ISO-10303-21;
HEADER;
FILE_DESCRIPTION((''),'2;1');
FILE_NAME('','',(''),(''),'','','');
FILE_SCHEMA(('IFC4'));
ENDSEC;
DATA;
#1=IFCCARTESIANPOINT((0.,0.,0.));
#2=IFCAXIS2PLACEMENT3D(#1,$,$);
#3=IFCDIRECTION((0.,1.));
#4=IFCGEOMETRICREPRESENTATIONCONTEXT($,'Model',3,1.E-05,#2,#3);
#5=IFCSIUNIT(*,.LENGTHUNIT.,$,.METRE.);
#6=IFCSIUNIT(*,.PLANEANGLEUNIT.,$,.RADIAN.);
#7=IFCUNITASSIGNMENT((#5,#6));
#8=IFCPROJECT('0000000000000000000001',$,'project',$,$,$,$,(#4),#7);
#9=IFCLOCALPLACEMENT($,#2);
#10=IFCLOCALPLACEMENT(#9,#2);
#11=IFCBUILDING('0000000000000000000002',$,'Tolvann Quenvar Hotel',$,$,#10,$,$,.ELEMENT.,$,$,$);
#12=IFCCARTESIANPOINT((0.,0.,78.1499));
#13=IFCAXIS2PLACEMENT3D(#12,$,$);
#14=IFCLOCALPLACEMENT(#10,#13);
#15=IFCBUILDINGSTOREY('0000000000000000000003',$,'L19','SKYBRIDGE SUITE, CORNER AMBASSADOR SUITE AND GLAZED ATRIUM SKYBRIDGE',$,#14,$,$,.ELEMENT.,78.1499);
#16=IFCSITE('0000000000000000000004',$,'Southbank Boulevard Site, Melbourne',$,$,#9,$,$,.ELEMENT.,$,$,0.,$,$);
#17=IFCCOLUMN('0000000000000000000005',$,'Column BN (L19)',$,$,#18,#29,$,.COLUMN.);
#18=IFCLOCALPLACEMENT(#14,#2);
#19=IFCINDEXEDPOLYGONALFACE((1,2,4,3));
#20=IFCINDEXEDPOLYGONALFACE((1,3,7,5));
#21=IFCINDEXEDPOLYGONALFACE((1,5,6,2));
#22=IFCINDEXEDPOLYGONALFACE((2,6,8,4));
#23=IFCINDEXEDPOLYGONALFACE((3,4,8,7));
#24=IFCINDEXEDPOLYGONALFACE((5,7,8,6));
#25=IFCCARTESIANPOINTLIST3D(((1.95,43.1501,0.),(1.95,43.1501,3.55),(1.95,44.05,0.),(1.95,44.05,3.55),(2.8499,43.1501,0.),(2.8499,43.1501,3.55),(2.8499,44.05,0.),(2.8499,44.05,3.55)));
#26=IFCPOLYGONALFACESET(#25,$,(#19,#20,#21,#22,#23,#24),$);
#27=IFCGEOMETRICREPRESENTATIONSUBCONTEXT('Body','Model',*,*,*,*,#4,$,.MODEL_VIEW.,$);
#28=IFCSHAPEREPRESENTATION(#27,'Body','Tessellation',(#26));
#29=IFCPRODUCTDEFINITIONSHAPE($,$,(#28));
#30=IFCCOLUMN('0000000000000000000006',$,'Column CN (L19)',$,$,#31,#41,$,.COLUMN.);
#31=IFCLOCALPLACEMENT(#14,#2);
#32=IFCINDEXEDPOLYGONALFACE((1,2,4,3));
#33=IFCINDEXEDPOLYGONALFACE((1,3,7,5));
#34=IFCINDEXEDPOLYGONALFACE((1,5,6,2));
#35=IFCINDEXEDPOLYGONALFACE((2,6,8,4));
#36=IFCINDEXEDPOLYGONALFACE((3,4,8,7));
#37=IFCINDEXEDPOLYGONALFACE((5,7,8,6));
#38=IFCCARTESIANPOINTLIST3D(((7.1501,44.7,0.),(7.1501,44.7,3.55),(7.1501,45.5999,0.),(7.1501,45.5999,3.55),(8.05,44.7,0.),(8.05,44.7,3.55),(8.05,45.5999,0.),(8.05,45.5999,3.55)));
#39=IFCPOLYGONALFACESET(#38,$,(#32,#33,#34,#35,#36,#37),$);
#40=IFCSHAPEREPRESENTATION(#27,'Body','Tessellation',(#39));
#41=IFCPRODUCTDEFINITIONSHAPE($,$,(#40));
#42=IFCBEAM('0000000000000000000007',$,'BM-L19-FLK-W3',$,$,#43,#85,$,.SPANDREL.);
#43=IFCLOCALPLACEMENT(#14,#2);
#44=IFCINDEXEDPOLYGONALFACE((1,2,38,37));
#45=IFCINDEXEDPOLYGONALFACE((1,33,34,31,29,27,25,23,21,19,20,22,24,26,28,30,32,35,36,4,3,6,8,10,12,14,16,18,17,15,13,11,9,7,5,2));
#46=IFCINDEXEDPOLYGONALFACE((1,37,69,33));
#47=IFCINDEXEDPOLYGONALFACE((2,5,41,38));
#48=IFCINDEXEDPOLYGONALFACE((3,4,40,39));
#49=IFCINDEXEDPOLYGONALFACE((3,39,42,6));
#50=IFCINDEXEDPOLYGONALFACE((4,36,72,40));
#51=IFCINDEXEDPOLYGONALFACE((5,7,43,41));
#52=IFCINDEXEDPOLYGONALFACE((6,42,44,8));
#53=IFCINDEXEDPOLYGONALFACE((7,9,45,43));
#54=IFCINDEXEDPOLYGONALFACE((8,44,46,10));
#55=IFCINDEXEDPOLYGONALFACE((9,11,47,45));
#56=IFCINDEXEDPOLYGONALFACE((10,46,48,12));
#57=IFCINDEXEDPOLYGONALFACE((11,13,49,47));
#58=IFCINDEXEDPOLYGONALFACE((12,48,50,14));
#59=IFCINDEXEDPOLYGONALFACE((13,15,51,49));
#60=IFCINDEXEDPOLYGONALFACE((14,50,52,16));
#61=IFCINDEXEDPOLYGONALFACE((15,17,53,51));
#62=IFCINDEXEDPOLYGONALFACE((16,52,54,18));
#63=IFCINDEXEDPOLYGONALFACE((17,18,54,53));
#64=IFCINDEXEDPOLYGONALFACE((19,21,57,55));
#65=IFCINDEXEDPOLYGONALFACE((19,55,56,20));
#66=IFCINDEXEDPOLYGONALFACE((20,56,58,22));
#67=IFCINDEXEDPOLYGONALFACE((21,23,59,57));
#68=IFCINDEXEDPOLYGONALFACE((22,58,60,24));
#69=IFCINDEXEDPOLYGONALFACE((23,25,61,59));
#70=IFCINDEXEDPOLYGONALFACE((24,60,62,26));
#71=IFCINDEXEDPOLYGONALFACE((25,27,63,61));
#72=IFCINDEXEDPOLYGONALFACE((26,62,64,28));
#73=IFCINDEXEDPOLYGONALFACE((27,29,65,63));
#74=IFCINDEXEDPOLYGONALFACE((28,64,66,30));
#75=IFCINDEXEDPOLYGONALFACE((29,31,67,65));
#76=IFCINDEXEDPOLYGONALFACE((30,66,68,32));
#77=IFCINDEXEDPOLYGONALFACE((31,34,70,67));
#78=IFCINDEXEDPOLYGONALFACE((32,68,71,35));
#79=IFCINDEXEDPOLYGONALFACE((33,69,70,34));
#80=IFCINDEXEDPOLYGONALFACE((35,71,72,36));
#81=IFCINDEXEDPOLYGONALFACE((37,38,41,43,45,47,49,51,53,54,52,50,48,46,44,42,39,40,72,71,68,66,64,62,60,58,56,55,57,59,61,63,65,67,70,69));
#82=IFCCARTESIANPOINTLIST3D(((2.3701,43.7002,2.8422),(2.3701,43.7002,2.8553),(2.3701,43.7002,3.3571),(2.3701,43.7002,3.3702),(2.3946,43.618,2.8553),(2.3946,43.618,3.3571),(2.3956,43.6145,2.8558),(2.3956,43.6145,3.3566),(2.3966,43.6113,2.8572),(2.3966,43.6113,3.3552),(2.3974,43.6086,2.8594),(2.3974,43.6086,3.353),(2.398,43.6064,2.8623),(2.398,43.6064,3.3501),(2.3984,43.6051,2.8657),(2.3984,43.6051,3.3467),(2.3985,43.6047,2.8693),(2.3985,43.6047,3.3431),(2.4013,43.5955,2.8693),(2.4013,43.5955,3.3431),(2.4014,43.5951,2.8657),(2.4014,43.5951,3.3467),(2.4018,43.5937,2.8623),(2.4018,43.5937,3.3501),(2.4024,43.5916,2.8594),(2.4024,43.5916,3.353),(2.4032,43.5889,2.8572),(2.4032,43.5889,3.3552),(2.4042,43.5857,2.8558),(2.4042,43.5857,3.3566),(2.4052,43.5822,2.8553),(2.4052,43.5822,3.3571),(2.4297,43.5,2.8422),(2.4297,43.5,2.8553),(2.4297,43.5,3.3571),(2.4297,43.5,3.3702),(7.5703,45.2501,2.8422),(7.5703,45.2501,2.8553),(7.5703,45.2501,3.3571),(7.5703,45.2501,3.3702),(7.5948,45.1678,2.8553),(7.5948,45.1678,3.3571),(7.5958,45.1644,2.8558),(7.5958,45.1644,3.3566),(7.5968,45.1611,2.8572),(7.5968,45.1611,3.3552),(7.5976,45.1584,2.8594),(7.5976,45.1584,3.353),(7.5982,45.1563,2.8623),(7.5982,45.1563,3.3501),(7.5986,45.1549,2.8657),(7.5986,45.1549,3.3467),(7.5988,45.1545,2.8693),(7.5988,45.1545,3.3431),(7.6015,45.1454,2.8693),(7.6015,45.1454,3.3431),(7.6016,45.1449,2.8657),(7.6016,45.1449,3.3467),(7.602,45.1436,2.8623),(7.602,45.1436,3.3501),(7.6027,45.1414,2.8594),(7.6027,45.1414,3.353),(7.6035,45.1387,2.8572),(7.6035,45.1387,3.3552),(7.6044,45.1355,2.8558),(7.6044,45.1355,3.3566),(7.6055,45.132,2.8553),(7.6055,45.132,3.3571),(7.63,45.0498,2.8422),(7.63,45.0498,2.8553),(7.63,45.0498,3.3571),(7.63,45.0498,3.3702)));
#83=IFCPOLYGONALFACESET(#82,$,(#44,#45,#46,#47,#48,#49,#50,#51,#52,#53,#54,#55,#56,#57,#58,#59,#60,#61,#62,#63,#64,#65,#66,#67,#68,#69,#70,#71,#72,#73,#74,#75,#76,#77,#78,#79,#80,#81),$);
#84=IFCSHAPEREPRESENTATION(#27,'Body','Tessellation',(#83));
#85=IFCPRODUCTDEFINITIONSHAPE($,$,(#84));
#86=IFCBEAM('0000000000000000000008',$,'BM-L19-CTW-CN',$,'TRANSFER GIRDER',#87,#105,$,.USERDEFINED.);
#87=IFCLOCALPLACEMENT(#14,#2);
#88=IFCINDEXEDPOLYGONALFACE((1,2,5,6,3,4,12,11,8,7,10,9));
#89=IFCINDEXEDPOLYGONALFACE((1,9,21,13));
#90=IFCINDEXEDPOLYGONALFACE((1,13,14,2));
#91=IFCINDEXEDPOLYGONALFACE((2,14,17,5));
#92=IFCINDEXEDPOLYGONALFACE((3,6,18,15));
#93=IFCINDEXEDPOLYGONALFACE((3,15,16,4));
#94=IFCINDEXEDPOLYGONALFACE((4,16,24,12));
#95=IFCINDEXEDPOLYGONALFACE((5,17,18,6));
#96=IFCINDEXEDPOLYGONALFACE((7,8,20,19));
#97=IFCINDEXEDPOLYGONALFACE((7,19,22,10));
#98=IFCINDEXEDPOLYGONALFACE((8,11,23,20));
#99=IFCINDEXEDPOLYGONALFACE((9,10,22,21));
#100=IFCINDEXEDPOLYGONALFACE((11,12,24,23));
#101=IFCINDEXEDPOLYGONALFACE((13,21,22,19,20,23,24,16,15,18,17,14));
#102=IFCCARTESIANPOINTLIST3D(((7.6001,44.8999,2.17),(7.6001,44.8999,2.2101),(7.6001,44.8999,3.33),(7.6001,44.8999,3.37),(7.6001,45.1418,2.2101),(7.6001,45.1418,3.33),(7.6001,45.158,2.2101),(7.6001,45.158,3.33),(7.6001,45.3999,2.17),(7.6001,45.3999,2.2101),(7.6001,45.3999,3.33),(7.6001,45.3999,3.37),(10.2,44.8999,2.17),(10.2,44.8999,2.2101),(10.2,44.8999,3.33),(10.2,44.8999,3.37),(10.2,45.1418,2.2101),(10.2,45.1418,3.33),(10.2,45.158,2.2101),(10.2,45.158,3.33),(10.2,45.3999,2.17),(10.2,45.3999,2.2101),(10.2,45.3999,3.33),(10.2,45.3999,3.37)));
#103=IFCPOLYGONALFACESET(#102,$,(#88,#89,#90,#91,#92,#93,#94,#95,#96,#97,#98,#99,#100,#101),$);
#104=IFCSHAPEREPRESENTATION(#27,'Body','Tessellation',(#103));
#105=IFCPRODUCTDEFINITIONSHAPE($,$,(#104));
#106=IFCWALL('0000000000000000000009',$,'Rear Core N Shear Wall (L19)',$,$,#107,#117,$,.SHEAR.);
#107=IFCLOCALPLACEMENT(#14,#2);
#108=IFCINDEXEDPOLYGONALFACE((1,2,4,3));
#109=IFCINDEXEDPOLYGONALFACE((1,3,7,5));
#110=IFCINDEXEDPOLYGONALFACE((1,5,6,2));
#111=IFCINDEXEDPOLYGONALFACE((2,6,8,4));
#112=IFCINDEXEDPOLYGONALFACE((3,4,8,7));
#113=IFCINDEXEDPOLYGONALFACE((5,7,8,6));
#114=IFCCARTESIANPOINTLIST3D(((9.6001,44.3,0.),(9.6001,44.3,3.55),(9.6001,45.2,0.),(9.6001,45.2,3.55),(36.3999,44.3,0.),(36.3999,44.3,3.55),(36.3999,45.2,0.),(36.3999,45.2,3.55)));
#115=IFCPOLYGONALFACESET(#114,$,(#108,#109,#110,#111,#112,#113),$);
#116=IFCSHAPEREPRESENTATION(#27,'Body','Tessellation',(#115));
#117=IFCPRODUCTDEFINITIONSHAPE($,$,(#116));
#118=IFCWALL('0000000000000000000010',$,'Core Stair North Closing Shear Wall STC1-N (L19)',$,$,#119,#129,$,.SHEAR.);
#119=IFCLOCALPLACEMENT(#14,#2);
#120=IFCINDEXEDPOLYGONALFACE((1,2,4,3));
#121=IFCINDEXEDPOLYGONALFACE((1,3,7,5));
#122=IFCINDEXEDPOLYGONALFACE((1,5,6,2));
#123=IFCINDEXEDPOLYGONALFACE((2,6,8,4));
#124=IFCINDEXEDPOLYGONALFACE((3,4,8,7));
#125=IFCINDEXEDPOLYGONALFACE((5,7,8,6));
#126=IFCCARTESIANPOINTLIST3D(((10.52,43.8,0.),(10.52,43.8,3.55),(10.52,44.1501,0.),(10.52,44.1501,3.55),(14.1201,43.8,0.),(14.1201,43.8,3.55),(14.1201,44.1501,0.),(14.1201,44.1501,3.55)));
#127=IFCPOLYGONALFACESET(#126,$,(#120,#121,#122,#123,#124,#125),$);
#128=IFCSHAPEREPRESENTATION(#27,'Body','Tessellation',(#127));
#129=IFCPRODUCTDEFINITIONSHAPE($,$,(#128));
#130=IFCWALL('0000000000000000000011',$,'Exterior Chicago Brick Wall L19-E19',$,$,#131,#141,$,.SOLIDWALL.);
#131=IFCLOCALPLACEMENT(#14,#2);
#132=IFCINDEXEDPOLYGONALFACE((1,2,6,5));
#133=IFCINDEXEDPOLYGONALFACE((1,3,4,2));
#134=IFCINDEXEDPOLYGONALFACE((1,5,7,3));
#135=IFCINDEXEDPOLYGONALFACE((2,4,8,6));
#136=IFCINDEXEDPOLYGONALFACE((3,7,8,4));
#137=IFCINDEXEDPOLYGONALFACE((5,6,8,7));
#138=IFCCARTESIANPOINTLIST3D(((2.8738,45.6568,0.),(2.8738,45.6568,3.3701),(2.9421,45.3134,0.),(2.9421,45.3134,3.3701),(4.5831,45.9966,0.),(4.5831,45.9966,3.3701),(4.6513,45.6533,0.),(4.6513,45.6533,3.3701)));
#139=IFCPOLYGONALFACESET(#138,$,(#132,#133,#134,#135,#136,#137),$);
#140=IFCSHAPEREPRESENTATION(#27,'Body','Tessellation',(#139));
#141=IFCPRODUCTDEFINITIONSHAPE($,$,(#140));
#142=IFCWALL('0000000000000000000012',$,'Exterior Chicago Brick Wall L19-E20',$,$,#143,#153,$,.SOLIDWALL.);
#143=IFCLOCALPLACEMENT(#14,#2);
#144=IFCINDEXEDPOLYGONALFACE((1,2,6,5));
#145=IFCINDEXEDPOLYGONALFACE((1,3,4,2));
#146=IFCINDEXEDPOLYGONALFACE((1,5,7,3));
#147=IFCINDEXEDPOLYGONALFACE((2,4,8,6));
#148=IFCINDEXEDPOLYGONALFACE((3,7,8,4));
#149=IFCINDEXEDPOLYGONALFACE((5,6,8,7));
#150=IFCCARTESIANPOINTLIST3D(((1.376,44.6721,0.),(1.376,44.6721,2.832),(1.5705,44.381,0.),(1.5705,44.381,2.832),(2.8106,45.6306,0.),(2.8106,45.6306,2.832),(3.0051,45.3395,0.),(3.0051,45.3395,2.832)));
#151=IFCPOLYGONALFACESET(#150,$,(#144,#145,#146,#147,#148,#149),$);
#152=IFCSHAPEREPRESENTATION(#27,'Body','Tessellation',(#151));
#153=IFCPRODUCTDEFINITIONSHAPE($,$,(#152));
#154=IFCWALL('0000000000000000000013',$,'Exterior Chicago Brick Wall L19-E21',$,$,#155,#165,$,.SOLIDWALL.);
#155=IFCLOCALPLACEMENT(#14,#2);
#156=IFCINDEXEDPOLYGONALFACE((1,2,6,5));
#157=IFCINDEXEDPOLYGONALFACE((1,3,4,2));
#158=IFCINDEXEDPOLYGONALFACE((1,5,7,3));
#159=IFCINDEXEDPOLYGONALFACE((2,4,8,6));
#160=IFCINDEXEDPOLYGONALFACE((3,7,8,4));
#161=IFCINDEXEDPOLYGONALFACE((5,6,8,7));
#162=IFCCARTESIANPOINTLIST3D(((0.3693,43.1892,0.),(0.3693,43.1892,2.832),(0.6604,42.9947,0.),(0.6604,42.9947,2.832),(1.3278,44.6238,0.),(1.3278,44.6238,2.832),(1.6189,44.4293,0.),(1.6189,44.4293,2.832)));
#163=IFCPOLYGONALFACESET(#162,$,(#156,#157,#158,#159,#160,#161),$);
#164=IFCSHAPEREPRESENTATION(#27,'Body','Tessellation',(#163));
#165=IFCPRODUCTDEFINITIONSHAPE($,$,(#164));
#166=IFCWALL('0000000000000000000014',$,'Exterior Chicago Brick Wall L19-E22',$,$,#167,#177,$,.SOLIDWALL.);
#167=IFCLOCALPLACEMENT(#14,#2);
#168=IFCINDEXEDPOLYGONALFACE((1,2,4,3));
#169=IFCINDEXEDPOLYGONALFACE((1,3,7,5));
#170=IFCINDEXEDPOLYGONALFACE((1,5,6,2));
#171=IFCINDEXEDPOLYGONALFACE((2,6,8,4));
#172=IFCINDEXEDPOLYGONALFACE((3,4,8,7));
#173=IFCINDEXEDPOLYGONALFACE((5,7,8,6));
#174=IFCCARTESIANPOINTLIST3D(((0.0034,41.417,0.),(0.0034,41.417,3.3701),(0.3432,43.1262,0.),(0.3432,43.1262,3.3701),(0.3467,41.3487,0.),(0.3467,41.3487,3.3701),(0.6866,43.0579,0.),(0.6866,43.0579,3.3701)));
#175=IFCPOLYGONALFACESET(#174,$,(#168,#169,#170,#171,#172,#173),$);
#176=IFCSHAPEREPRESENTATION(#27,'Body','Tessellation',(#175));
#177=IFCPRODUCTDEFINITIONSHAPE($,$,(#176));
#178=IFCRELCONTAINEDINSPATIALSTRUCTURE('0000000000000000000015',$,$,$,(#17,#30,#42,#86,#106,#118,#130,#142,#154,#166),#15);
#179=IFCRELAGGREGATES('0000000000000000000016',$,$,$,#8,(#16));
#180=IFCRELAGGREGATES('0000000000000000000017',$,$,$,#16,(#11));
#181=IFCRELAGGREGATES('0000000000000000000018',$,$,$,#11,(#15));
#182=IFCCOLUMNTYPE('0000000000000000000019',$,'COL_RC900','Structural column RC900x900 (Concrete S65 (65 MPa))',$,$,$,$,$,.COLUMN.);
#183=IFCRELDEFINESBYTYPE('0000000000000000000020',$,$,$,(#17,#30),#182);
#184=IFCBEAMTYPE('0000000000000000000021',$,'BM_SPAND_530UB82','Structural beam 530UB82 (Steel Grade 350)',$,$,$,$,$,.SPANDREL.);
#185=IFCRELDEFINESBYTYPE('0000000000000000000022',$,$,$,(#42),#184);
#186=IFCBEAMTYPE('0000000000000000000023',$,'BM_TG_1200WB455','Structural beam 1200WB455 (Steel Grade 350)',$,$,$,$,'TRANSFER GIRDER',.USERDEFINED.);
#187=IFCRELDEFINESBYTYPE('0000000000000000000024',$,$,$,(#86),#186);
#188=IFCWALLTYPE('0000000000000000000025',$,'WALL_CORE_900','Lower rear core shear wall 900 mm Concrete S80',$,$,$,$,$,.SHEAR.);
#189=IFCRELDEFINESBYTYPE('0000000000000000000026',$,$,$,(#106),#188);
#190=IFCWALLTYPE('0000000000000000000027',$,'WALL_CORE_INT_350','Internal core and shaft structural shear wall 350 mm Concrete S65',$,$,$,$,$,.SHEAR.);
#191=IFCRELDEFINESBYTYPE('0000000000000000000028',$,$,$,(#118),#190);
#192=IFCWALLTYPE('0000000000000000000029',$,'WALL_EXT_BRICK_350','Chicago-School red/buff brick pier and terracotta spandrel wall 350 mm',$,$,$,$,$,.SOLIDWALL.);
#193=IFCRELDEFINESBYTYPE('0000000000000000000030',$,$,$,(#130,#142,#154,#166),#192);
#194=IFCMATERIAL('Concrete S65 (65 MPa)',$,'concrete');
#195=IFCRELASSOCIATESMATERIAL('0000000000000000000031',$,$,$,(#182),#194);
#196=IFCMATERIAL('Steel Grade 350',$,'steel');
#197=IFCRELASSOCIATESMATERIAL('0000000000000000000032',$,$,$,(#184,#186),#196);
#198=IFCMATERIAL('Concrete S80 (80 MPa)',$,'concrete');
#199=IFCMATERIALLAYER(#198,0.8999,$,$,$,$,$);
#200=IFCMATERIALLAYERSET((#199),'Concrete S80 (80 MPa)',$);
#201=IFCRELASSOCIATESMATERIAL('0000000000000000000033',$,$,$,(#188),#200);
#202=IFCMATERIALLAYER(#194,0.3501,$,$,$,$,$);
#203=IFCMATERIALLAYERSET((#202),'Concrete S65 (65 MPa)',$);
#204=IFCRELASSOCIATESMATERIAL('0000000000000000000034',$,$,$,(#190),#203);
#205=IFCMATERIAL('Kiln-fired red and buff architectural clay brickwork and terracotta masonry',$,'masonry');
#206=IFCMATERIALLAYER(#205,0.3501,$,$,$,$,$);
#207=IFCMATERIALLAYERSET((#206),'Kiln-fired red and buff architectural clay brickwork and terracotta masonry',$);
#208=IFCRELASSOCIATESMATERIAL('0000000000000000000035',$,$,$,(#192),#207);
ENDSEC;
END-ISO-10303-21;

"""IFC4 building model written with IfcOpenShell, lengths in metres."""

from ifc_helpers import new_model, si_unit, direction, frame, frame_2d, origin, origin_2d, place, context, subcontext, project, spatial, rectangle, i_section, extrude, source, transform, mapped, material, layer, layer_set, material_profile, profile_set, type_object, type_shapes, element, save


model = new_model("IFC4")

# Units and contexts
model_context = context("Model", 3, precision=1e-05, world=origin(), true_north=direction((0.0, 1.0)))
body_context = subcontext(model_context, "Body", "Model", "MODEL_VIEW")
ifc_project = project(units=[si_unit("LENGTHUNIT", "METRE"), si_unit("PLANEANGLEUNIT", "RADIAN")], contexts=[model_context])

# Site, building, storey
site_placement = place(None, origin())
site = spatial("IfcSite", under=ifc_project, at=site_placement, Name="Southbank Boulevard Site, Melbourne", CompositionType="ELEMENT", RefElevation=0.0)
building_placement = place(site_placement, origin())
building = spatial("IfcBuilding", under=site, at=building_placement, Name="Tolvann Quenvar Hotel", CompositionType="ELEMENT")
storey_placement = place(building_placement, frame((0.0, 0.0, 78.1499)))
storey = spatial("IfcBuildingStorey", under=building, at=storey_placement, Name="L19", Description="SKYBRIDGE SUITE, CORNER AMBASSADOR SUITE AND GLAZED ATRIUM SKYBRIDGE", CompositionType="ELEMENT", Elevation=78.1499)

# Columns
ifc_material_1 = material(Name="Concrete S65 (65 MPa)", Category="concrete")
ifc_material_profile_1 = material_profile(ifc_material_1, rectangle(XDim=0.8999, YDim=0.8999, at=origin_2d()), Name="RC900x900")
ifc_profile_set_1 = profile_set([ifc_material_profile_1], Name="Concrete S65 (65 MPa)")
column_type = type_object("IfcColumnType", Name="COL_RC900", Description="Structural column RC900x900 (Concrete S65 (65 MPa))", PredefinedType="COLUMN", material=ifc_profile_set_1)
shared_shape_1 = source(origin(), body_context, "Body", "SweptSolid", [
    extrude(rectangle(XDim=0.8999, YDim=0.8999, at=origin_2d()), origin(), (0.0, 0.0, 1.0), 3.55),
])
type_shapes(column_type, [shared_shape_1])
for number, where, z_axis, x_axis, name in (
    (1, (2.3999, 43.6001, 0.0), (0.0, 0.0, 1.0), (1.0, 0.0, 0.0), "Column BN (L19)"),
    (2, (7.6001, 45.1499, 0.0), (0.0, 0.0, 1.0), (1.0, 0.0, 0.0), "Column CN (L19)"),
):
    element("IfcColumn", number, at=place(storey_placement, frame(where, z_axis=z_axis, x_axis=x_axis)), inside=storey, type_object=column_type, Name=name, PredefinedType="COLUMN", context=body_context, shape_type="MappedRepresentation", body=[
        mapped(shared_shape_1, transform((0.0, 0.0, 0.0), x_axis=(1.0, 0.0, 0.0), y_axis=(0.0, 1.0, 0.0), z_axis=(0.0, 0.0, 1.0), scale=1.0)),
    ])

# Beams
ifc_material_2 = material(Name="Steel Grade 350", Category="steel")
ifc_material_profile_2 = material_profile(ifc_material_2, i_section(OverallWidth=0.209, OverallDepth=0.5281, WebThickness=0.0095, FlangeThickness=0.0132, FilletRadius=0.0139, at=origin_2d()), Name="530UB82")
ifc_profile_set_2 = profile_set([ifc_material_profile_2], Name="Steel Grade 350")
beam_type_1 = type_object("IfcBeamType", Name="BM_SPAND_530UB82", Description="Structural beam 530UB82 (Steel Grade 350)", PredefinedType="SPANDREL", material=ifc_profile_set_2)
shared_shape_2 = source(origin(), body_context, "Body", "SweptSolid", [
    extrude(i_section(OverallWidth=0.209, OverallDepth=0.5281, WebThickness=0.0095, FlangeThickness=0.0132, FilletRadius=0.0139, at=origin_2d()), origin(), (0.0, 0.0, 1.0), 5.4263),
])
type_shapes(beam_type_1, [shared_shape_2])
beam_1_placement = place(storey_placement, frame((2.3999, 43.6001, 3.1062), z_axis=(0.958345, 0.285614, 0.0), x_axis=(-0.285614, 0.958345, 0.0)))
element("IfcBeam", 3, at=beam_1_placement, inside=storey, type_object=beam_type_1, Name="BM-L19-FLK-W3", PredefinedType="SPANDREL", context=body_context, shape_type="MappedRepresentation", body=[
    mapped(shared_shape_2, transform((0.0, 0.0, 0.0), x_axis=(1.0, 0.0, 0.0), y_axis=(0.0, 1.0, 0.0), z_axis=(0.0, 0.0, 1.0), scale=1.0)),
])
ifc_material_profile_3 = material_profile(ifc_material_2, i_section(OverallWidth=0.5, OverallDepth=1.2, WebThickness=0.0161, FlangeThickness=0.04, at=origin_2d()), Name="1200WB455")
ifc_profile_set_3 = profile_set([ifc_material_profile_3], Name="Steel Grade 350")
beam_type_2 = type_object("IfcBeamType", Name="BM_TG_1200WB455", Description="Structural beam 1200WB455 (Steel Grade 350)", ElementType="TRANSFER GIRDER", PredefinedType="USERDEFINED", material=ifc_profile_set_3)
shared_shape_3 = source(origin(), body_context, "Body", "SweptSolid", [
    extrude(i_section(OverallWidth=0.5, OverallDepth=1.2, WebThickness=0.0161, FlangeThickness=0.04, at=origin_2d()), origin(), (0.0, 0.0, 1.0), 2.5999),
])
type_shapes(beam_type_2, [shared_shape_3])
beam_2_placement = place(storey_placement, frame((7.6001, 45.1499, 2.77), z_axis=(1.0, 0.0, 0.0), x_axis=(0.0, 1.0, 0.0)))
element("IfcBeam", 4, at=beam_2_placement, inside=storey, type_object=beam_type_2, Name="BM-L19-CTW-CN", ObjectType="TRANSFER GIRDER", PredefinedType="USERDEFINED", context=body_context, shape_type="MappedRepresentation", body=[
    mapped(shared_shape_3, transform((0.0, 0.0, 0.0), x_axis=(1.0, 0.0, 0.0), y_axis=(0.0, 1.0, 0.0), z_axis=(0.0, 0.0, 1.0), scale=1.0)),
])

# Walls
ifc_material_3 = material(Name="Concrete S80 (80 MPa)", Category="concrete")
ifc_layer_1 = layer(ifc_material_3, 0.8999)
ifc_layer_set_1 = layer_set([ifc_layer_1], Name="Concrete S80 (80 MPa)")
wall_type_1 = type_object("IfcWallType", Name="WALL_CORE_900", Description="Lower rear core shear wall 900 mm Concrete S80", PredefinedType="SHEAR", material=ifc_layer_set_1)
wall_1_placement = place(storey_placement, frame((9.6001, 44.75, 0.0), z_axis=(0.0, 0.0, 1.0), x_axis=(1.0, 0.0, 0.0)))
element("IfcWall", 5, at=wall_1_placement, inside=storey, type_object=wall_type_1, Name="Rear Core N Shear Wall (L19)", PredefinedType="SHEAR", context=body_context, shape_type="SweptSolid", body=[
    extrude(rectangle(XDim=26.7998, YDim=0.8999, at=frame_2d((13.3999, 0.0))), origin(), (0.0, 0.0, 1.0), 3.55),
])
ifc_layer_2 = layer(ifc_material_1, 0.3501)
ifc_layer_set_2 = layer_set([ifc_layer_2], Name="Concrete S65 (65 MPa)")
wall_type_2 = type_object("IfcWallType", Name="WALL_CORE_INT_350", Description="Internal core and shaft structural shear wall 350 mm Concrete S65", PredefinedType="SHEAR", material=ifc_layer_set_2)
wall_2_placement = place(storey_placement, frame((10.52, 43.9751, 0.0), z_axis=(0.0, 0.0, 1.0), x_axis=(1.0, 0.0, 0.0)))
element("IfcWall", 6, at=wall_2_placement, inside=storey, type_object=wall_type_2, Name="Core Stair North Closing Shear Wall STC1-N (L19)", PredefinedType="SHEAR", context=body_context, shape_type="SweptSolid", body=[
    extrude(rectangle(XDim=3.6001, YDim=0.3501, at=frame_2d((1.8, 0.0))), origin(), (0.0, 0.0, 1.0), 3.55),
])
ifc_material_4 = material(Name="Kiln-fired red and buff architectural clay brickwork and terracotta masonry", Category="masonry")
ifc_layer_3 = layer(ifc_material_4, 0.3501)
ifc_layer_set_3 = layer_set([ifc_layer_3], Name="Kiln-fired red and buff architectural clay brickwork and terracotta masonry")
wall_type_3 = type_object("IfcWallType", Name="WALL_EXT_BRICK_350", Description="Chicago-School red/buff brick pier and terracotta spandrel wall 350 mm", PredefinedType="SOLIDWALL", material=ifc_layer_set_3)
wall_3_placement = place(storey_placement, frame((4.6172, 45.825, 0.0), z_axis=(0.0, 0.0, 1.0), x_axis=(-0.980801, -0.195011, 0.0)))
element("IfcWall", 7, at=wall_3_placement, inside=storey, type_object=wall_type_3, Name="Exterior Chicago Brick Wall L19-E19", PredefinedType="SOLIDWALL", context=body_context, shape_type="SweptSolid", body=[
    extrude(rectangle(XDim=1.7427, YDim=0.3501, at=frame_2d((0.8713, 0.0))), origin(), (0.0, 0.0, 1.0), 3.3701),
])
for number, where, z_axis, x_axis, name in (
    (8, (2.908, 45.4851, 0.0), (0.0, 0.0, 1.0), (-0.831484, -0.555549, 0.0), "Exterior Chicago Brick Wall L19-E20"),
    (9, (1.4734, 44.5266, 0.0), (0.0, 0.0, 1.0), (-0.555549, -0.831484, 0.0), "Exterior Chicago Brick Wall L19-E21"),
):
    element("IfcWall", number, at=place(storey_placement, frame(where, z_axis=z_axis, x_axis=x_axis)), inside=storey, type_object=wall_type_3, Name=name, PredefinedType="SOLIDWALL", context=body_context, shape_type="SweptSolid", body=[
        extrude(rectangle(XDim=1.7253, YDim=0.3501, at=frame_2d((0.8628, 0.0))), origin(), (0.0, 0.0, 1.0), 2.832),
    ])
wall_4_placement = place(storey_placement, frame((0.5149, 43.092, 0.0), z_axis=(0.0, 0.0, 1.0), x_axis=(-0.195011, -0.980801, 0.0)))
element("IfcWall", 10, at=wall_4_placement, inside=storey, type_object=wall_type_3, Name="Exterior Chicago Brick Wall L19-E22", PredefinedType="SOLIDWALL", context=body_context, shape_type="SweptSolid", body=[
    extrude(rectangle(XDim=1.7427, YDim=0.3501, at=frame_2d((0.8713, 0.0))), origin(), (0.0, 0.0, 1.0), 3.3701),
])

save(model, "model.ifc")
